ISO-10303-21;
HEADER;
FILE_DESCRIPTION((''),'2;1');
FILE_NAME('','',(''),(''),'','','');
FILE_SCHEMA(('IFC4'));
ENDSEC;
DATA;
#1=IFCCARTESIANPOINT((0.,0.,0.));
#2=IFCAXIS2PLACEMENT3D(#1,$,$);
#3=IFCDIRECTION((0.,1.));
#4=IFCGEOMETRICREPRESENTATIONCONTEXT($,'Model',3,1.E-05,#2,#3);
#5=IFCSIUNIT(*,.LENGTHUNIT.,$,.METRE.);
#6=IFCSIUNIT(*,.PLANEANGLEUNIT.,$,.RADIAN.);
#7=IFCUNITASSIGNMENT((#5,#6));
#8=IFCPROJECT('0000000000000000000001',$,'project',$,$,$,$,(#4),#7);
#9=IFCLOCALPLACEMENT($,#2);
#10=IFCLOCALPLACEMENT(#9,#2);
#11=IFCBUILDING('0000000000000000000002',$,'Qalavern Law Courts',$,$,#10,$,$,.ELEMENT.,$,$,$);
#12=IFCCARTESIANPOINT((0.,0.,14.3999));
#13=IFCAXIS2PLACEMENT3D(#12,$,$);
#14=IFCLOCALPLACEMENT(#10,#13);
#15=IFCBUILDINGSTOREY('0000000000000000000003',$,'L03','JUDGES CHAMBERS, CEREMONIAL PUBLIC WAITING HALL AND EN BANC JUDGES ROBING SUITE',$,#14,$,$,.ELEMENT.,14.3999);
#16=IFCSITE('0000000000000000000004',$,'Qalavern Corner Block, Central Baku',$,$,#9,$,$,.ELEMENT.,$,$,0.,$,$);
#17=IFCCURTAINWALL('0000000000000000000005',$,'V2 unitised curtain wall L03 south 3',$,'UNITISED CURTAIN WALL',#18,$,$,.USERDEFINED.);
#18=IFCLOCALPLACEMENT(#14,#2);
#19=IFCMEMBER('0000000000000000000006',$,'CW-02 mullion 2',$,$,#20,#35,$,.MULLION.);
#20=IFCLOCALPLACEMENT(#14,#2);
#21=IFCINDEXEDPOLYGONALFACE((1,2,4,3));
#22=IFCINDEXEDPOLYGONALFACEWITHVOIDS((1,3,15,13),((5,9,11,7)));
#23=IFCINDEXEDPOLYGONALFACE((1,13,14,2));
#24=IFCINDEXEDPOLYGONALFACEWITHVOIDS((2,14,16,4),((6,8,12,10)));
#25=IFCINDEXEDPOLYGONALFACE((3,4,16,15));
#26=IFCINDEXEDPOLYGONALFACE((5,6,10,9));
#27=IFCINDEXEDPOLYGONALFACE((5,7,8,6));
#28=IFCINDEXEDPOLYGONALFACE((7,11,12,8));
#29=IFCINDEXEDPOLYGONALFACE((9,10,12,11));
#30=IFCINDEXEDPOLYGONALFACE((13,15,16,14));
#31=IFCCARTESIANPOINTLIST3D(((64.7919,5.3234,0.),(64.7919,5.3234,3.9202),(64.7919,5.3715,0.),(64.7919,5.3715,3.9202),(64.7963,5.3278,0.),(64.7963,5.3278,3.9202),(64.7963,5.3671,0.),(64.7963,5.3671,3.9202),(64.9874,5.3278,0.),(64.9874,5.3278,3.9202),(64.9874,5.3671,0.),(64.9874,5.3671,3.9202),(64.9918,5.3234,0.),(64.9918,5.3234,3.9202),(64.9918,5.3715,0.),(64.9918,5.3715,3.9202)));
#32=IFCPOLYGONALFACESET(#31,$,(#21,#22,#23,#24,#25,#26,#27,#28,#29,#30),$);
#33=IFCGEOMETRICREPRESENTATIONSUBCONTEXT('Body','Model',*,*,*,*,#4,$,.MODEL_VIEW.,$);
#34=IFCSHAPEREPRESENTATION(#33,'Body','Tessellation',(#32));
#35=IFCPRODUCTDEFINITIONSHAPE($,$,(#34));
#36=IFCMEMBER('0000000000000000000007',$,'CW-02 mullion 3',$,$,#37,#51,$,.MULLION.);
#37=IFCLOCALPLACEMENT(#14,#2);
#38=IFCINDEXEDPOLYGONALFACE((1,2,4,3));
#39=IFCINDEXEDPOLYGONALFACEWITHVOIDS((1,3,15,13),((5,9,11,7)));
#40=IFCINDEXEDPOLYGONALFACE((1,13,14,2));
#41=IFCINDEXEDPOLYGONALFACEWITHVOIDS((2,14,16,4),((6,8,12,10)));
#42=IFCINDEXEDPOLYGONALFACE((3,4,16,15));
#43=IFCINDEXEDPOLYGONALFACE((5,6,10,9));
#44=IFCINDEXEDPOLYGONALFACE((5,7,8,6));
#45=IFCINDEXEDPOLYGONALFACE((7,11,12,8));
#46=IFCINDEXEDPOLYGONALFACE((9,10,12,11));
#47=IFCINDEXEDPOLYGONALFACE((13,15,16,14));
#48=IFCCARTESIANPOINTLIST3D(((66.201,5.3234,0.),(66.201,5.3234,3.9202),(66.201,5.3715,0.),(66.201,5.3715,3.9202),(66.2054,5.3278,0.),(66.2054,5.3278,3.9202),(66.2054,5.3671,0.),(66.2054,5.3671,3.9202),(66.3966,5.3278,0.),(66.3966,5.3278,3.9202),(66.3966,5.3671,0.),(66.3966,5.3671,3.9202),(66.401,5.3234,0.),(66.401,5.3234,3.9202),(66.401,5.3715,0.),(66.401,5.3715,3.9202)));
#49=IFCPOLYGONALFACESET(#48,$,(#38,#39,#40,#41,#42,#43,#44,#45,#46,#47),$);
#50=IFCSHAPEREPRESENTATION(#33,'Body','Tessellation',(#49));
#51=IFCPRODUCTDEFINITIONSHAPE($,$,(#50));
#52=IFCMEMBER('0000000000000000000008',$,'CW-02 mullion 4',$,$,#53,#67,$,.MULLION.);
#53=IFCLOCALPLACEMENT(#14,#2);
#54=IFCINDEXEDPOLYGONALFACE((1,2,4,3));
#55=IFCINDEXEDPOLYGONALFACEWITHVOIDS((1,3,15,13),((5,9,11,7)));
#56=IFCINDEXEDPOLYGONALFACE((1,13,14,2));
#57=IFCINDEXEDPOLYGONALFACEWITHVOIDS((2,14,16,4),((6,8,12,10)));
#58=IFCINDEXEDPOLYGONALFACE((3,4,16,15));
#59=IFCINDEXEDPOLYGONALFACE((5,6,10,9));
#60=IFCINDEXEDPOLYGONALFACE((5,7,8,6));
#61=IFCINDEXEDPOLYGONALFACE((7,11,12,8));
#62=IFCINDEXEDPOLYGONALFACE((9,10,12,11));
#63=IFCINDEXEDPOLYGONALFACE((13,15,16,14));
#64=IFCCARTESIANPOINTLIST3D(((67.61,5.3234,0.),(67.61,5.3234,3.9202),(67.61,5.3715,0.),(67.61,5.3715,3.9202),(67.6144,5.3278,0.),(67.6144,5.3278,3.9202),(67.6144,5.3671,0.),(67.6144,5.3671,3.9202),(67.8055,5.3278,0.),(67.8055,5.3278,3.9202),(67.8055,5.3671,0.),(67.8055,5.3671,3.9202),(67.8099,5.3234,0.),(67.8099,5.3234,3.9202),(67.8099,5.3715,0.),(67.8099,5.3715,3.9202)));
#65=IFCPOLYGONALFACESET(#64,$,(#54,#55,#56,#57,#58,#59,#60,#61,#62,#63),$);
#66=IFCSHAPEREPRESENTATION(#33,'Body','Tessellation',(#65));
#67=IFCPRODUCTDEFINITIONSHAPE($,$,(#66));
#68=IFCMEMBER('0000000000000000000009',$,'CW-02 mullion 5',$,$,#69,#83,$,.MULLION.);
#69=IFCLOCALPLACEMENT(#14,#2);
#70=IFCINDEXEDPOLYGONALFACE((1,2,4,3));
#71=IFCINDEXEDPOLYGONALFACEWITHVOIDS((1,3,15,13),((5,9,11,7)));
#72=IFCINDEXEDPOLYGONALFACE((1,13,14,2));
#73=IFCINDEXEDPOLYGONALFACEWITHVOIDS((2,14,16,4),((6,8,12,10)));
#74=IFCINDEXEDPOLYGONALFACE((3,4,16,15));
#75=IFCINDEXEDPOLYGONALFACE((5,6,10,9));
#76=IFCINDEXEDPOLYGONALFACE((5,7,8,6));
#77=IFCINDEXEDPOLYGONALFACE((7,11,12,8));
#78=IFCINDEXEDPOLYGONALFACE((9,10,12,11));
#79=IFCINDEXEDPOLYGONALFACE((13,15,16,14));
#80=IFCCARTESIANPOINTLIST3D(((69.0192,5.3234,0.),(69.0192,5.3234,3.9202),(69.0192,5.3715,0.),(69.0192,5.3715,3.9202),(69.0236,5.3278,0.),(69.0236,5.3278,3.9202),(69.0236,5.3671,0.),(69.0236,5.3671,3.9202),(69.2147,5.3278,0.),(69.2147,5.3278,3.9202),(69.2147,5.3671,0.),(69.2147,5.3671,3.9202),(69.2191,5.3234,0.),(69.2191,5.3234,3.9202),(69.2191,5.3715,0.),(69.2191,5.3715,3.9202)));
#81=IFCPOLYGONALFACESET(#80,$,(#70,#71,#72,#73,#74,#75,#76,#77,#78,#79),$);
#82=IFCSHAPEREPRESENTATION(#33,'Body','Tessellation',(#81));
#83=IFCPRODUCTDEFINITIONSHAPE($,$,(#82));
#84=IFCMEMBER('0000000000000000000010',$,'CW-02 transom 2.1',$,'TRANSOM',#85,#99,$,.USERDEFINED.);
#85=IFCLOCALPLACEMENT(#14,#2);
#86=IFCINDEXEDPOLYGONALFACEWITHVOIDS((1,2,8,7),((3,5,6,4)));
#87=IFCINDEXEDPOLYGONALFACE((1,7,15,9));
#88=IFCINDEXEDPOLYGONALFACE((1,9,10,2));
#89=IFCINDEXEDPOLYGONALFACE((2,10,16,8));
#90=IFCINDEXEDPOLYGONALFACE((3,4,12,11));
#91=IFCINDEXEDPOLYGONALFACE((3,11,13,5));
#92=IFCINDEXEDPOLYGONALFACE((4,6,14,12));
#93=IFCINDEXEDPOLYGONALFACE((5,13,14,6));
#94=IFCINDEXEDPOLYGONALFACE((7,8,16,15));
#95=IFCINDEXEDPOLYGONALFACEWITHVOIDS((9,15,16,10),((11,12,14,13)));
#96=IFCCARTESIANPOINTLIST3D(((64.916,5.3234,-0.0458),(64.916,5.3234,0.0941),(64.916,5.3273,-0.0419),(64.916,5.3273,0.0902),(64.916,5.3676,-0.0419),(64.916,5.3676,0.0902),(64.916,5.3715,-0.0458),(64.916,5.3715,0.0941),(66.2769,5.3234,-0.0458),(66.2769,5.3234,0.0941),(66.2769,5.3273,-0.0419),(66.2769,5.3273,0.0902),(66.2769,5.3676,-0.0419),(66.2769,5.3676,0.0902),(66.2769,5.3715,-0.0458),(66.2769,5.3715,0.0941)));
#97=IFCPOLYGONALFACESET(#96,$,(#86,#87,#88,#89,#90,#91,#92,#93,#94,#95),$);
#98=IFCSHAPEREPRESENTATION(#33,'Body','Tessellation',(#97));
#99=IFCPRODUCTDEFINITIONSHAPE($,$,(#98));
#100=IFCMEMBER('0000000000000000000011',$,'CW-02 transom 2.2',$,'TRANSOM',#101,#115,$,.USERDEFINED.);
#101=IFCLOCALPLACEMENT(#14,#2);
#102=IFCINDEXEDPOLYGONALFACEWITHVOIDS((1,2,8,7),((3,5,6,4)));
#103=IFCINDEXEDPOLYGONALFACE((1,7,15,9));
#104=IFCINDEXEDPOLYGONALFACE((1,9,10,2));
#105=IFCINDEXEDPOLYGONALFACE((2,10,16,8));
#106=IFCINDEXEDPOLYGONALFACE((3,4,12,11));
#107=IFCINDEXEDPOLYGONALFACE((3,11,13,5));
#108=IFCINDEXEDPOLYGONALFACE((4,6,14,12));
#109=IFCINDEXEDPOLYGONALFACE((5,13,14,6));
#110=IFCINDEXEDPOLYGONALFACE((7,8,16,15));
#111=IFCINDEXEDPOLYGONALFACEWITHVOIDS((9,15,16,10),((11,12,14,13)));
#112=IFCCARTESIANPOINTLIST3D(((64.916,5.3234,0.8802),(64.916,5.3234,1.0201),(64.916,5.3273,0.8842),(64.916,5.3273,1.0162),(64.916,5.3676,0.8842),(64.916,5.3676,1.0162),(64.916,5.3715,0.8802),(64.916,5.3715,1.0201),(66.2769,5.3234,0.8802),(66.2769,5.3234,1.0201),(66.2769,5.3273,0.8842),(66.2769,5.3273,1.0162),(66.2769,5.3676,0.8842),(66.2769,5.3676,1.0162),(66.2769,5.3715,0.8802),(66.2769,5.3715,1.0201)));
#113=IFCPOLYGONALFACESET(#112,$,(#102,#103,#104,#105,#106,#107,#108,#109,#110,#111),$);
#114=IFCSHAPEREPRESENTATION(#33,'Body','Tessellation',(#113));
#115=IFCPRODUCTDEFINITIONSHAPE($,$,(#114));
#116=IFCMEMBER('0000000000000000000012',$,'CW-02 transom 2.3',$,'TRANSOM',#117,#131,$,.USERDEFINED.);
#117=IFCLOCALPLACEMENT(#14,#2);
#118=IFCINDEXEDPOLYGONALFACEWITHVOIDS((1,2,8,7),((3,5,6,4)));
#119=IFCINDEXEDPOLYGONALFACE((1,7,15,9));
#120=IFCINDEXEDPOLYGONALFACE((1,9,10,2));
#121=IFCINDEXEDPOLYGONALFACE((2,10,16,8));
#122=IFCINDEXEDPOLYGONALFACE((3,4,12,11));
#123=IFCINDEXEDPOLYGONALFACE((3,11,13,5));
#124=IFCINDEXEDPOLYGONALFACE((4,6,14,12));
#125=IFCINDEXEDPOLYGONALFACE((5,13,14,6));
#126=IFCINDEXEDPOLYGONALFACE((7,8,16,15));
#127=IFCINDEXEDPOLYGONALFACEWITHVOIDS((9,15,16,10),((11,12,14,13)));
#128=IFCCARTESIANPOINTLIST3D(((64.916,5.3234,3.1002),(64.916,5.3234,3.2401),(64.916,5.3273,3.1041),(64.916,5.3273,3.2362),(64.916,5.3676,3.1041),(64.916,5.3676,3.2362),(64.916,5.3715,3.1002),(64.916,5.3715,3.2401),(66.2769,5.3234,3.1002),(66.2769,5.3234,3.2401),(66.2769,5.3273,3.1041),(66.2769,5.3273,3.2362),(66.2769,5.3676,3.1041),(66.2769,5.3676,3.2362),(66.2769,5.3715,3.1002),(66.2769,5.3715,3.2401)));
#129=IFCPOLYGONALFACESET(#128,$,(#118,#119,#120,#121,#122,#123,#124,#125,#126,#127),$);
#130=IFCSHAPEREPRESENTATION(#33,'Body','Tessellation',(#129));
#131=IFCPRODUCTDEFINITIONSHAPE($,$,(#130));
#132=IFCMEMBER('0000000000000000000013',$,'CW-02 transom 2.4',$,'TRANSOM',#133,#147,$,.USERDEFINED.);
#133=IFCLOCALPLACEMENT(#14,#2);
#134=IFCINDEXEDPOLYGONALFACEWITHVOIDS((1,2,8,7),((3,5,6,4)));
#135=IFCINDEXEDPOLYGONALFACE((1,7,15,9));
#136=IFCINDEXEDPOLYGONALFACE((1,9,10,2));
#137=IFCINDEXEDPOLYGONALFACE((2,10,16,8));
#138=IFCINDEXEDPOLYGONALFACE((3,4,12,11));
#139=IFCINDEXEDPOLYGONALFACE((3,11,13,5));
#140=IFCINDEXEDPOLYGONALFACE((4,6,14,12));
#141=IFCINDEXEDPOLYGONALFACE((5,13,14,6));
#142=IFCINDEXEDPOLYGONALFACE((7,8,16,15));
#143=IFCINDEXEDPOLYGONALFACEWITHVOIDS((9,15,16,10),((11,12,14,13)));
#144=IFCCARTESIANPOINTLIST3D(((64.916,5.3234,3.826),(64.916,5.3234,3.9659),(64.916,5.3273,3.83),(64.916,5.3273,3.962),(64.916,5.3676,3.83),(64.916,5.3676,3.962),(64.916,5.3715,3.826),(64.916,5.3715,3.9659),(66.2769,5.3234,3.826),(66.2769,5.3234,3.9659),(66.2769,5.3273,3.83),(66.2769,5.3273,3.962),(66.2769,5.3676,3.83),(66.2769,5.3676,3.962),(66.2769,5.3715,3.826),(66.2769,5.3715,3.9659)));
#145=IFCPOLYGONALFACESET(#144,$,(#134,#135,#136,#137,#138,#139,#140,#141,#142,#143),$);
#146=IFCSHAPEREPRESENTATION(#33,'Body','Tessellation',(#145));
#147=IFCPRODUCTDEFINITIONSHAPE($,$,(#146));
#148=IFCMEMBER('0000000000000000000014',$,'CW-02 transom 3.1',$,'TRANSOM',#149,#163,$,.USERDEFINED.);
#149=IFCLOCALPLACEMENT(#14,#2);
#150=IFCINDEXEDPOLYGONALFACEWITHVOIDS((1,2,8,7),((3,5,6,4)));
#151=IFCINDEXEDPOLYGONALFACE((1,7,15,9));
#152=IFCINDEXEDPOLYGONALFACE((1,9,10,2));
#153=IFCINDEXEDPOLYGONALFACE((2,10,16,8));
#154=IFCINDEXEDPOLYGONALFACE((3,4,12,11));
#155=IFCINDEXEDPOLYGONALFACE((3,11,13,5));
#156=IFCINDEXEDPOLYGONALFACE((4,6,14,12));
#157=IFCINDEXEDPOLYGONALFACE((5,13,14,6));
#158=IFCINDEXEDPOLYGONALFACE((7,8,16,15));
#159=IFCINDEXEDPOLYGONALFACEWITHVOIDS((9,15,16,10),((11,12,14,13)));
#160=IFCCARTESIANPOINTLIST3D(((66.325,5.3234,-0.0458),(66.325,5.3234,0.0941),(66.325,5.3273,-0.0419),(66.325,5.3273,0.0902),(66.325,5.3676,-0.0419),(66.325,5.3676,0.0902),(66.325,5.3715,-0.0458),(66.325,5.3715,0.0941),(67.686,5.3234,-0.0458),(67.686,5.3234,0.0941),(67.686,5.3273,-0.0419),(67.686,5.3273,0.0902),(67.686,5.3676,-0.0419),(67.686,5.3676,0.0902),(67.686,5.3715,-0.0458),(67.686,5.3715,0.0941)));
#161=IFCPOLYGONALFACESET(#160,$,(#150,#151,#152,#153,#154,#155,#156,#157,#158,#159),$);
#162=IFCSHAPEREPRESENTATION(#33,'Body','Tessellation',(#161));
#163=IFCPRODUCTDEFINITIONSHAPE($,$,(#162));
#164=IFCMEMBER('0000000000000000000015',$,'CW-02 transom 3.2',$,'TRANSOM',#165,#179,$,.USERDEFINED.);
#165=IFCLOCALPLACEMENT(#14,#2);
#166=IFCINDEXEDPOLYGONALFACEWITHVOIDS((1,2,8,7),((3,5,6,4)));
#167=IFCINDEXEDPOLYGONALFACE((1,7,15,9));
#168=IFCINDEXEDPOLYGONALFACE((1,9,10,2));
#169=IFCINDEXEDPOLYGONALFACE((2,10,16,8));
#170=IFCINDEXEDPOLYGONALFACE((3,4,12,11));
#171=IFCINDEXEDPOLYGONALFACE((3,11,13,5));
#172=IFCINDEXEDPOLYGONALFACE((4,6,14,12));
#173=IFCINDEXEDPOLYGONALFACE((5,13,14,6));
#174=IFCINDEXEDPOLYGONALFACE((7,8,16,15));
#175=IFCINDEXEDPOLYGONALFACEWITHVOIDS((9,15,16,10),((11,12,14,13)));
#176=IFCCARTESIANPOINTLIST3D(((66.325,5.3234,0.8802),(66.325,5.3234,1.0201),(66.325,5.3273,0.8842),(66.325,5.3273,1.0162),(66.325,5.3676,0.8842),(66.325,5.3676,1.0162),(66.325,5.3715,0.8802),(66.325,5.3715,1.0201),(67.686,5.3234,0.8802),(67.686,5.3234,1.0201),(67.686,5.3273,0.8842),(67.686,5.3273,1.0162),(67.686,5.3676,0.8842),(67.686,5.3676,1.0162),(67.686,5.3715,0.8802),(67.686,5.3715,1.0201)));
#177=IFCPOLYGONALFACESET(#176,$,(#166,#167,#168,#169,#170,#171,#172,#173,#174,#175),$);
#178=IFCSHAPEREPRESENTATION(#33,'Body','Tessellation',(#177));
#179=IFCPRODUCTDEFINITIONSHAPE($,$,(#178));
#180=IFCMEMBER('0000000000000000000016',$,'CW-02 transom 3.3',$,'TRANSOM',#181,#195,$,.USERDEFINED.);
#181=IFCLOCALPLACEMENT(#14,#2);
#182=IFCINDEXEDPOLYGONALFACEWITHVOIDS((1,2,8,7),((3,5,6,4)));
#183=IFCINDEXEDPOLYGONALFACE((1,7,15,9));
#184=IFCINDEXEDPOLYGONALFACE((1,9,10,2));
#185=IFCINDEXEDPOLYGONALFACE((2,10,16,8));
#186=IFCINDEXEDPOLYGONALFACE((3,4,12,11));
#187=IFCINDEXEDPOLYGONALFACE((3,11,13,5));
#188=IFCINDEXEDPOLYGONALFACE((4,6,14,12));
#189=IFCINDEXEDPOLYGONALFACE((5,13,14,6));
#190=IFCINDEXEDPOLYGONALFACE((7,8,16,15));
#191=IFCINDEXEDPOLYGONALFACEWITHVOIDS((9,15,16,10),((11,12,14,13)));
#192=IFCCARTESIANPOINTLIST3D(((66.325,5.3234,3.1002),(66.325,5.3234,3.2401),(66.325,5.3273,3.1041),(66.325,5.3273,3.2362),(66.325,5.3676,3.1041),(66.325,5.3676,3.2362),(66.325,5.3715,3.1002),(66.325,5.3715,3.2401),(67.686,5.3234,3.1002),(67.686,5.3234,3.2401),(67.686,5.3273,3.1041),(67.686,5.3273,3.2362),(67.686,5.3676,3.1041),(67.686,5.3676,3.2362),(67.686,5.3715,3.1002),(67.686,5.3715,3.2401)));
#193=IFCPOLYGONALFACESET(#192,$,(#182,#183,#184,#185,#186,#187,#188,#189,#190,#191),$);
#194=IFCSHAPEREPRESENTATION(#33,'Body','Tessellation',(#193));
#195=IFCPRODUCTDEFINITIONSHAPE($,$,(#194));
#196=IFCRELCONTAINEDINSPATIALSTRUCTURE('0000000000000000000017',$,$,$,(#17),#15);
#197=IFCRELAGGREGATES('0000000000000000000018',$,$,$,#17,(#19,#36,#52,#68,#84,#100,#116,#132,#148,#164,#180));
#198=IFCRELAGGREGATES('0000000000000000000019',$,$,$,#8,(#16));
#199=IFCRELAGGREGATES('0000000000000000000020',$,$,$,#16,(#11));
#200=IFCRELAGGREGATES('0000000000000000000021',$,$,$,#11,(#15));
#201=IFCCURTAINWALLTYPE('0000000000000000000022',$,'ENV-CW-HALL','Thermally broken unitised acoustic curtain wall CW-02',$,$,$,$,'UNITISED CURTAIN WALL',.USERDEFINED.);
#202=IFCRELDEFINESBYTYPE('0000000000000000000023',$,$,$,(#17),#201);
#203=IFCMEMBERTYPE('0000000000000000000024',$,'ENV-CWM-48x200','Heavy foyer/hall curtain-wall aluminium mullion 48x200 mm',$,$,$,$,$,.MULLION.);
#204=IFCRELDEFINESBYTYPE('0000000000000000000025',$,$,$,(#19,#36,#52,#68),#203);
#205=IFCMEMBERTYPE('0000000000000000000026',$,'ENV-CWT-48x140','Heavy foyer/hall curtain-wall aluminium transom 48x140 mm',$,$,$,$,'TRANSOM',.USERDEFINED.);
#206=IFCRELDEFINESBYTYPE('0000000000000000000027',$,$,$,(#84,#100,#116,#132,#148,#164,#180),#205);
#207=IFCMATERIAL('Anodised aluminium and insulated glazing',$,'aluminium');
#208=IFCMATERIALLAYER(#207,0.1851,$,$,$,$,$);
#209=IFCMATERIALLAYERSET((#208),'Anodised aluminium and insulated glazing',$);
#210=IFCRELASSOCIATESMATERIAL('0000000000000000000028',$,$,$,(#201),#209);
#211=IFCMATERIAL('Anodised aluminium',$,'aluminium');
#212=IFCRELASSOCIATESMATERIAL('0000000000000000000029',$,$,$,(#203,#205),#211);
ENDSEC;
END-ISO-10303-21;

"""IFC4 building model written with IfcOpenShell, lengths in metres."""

from ifc_helpers import new_model, si_unit, direction, frame, origin, origin_2d, place, context, subcontext, project, spatial, hollow_rectangle, extrude, material, layer, layer_set, material_profile, profile_set, type_object, element, aggregate, save


model = new_model("IFC4")

# Units and contexts
model_context = context("Model", 3, precision=1e-05, world=origin(), true_north=direction((0.0, 1.0)))
body_context = subcontext(model_context, "Body", "Model", "MODEL_VIEW")
ifc_project = project(units=[si_unit("LENGTHUNIT", "METRE"), si_unit("PLANEANGLEUNIT", "RADIAN")], contexts=[model_context])

# Site, building, storey
site_placement = place(None, origin())
site = spatial("IfcSite", under=ifc_project, at=site_placement, Name="Qalavern Corner Block, Central Baku", CompositionType="ELEMENT", RefElevation=0.0)
building_placement = place(site_placement, origin())
building = spatial("IfcBuilding", under=site, at=building_placement, Name="Qalavern Law Courts", CompositionType="ELEMENT")
storey_placement = place(building_placement, frame((0.0, 0.0, 14.3999)))
storey = spatial("IfcBuildingStorey", under=building, at=storey_placement, Name="L03", Description="JUDGES CHAMBERS, CEREMONIAL PUBLIC WAITING HALL AND EN BANC JUDGES ROBING SUITE", CompositionType="ELEMENT", Elevation=14.3999)

# Curtain wall, members
ifc_material_1 = material(Name="Anodised aluminium and insulated glazing", Category="aluminium")
ifc_layer_1 = layer(ifc_material_1, 0.1851)
ifc_layer_set_1 = layer_set([ifc_layer_1], Name="Anodised aluminium and insulated glazing")
curtain_wall_type = type_object("IfcCurtainWallType", Name="ENV-CW-HALL", Description="Thermally broken unitised acoustic curtain wall CW-02", ElementType="UNITISED CURTAIN WALL", PredefinedType="USERDEFINED", material=ifc_layer_set_1)
curtain_wall_placement = place(storey_placement, origin())
curtain_wall = element("IfcCurtainWall", 1, at=curtain_wall_placement, inside=storey, type_object=curtain_wall_type, Name="V2 unitised curtain wall L03 south 3", ObjectType="UNITISED CURTAIN WALL", PredefinedType="USERDEFINED")
ifc_material_2 = material(Name="Anodised aluminium", Category="aluminium")
ifc_material_profile_1 = material_profile(ifc_material_2, hollow_rectangle(XDim=0.0481, YDim=0.2, WallThickness=0.0044, at=origin_2d()), Name="ALU MULLION 48x200")
ifc_profile_set_1 = profile_set([ifc_material_profile_1], Name="Anodised aluminium")
member_type_1 = type_object("IfcMemberType", Name="ENV-CWM-48x200", Description="Heavy foyer/hall curtain-wall aluminium mullion 48x200 mm", PredefinedType="MULLION", material=ifc_profile_set_1)
member_1_placement = place(storey_placement, frame((64.8918, 5.3474, 0.0), z_axis=(0.0, 0.0, 1.0), x_axis=(0.0, 1.0, 0.0)))
member_1 = element("IfcMember", 2, at=member_1_placement, type_object=member_type_1, Name="CW-02 mullion 2", PredefinedType="MULLION", context=body_context, shape_type="SweptSolid", body=[
    extrude(hollow_rectangle(XDim=0.0481, YDim=0.2, WallThickness=0.0044, at=origin_2d()), origin(), (0.0, 0.0, 1.0), 3.9202),
])
member_2_placement = place(storey_placement, frame((66.301, 5.3474, 0.0), z_axis=(0.0, 0.0, 1.0), x_axis=(0.0, 1.0, 0.0)))
member_2 = element("IfcMember", 3, at=member_2_placement, type_object=member_type_1, Name="CW-02 mullion 3", PredefinedType="MULLION", context=body_context, shape_type="SweptSolid", body=[
    extrude(hollow_rectangle(XDim=0.0481, YDim=0.2, WallThickness=0.0044, at=origin_2d()), origin(), (0.0, 0.0, 1.0), 3.9202),
])
member_3_placement = place(storey_placement, frame((67.71, 5.3474, 0.0), z_axis=(0.0, 0.0, 1.0), x_axis=(0.0, 1.0, 0.0)))
member_3 = element("IfcMember", 4, at=member_3_placement, type_object=member_type_1, Name="CW-02 mullion 4", PredefinedType="MULLION", context=body_context, shape_type="SweptSolid", body=[
    extrude(hollow_rectangle(XDim=0.0481, YDim=0.2, WallThickness=0.0044, at=origin_2d()), origin(), (0.0, 0.0, 1.0), 3.9202),
])
member_4_placement = place(storey_placement, frame((69.1191, 5.3474, 0.0), z_axis=(0.0, 0.0, 1.0), x_axis=(0.0, 1.0, 0.0)))
member_4 = element("IfcMember", 5, at=member_4_placement, type_object=member_type_1, Name="CW-02 mullion 5", PredefinedType="MULLION", context=body_context, shape_type="SweptSolid", body=[
    extrude(hollow_rectangle(XDim=0.0481, YDim=0.2, WallThickness=0.0044, at=origin_2d()), origin(), (0.0, 0.0, 1.0), 3.9202),
])
ifc_material_profile_2 = material_profile(ifc_material_2, hollow_rectangle(XDim=0.0481, YDim=0.1399, WallThickness=0.0039, at=origin_2d()), Name="ALU TRANSOM 48x140")
ifc_profile_set_2 = profile_set([ifc_material_profile_2], Name="Anodised aluminium")
member_type_2 = type_object("IfcMemberType", Name="ENV-CWT-48x140", Description="Heavy foyer/hall curtain-wall aluminium transom 48x140 mm", ElementType="TRANSOM", PredefinedType="USERDEFINED", material=ifc_profile_set_2)
member_5_placement = place(storey_placement, frame((64.916, 5.3474, 0.0242), z_axis=(1.0, 0.0, 0.0), x_axis=(0.0, 1.0, 0.0)))
member_5 = element("IfcMember", 6, at=member_5_placement, type_object=member_type_2, Name="CW-02 transom 2.1", ObjectType="TRANSOM", PredefinedType="USERDEFINED", context=body_context, shape_type="SweptSolid", body=[
    extrude(hollow_rectangle(XDim=0.0481, YDim=0.1399, WallThickness=0.0039, at=origin_2d()), origin(), (0.0, 0.0, 1.0), 1.3608),
])
member_6_placement = place(storey_placement, frame((64.916, 5.3474, 0.9502), z_axis=(1.0, 0.0, 0.0), x_axis=(0.0, 1.0, 0.0)))
member_6 = element("IfcMember", 7, at=member_6_placement, type_object=member_type_2, Name="CW-02 transom 2.2", ObjectType="TRANSOM", PredefinedType="USERDEFINED", context=body_context, shape_type="SweptSolid", body=[
    extrude(hollow_rectangle(XDim=0.0481, YDim=0.1399, WallThickness=0.0039, at=origin_2d()), origin(), (0.0, 0.0, 1.0), 1.3608),
])
member_7_placement = place(storey_placement, frame((64.916, 5.3474, 3.1702), z_axis=(1.0, 0.0, 0.0), x_axis=(0.0, 1.0, 0.0)))
member_7 = element("IfcMember", 8, at=member_7_placement, type_object=member_type_2, Name="CW-02 transom 2.3", ObjectType="TRANSOM", PredefinedType="USERDEFINED", context=body_context, shape_type="SweptSolid", body=[
    extrude(hollow_rectangle(XDim=0.0481, YDim=0.1399, WallThickness=0.0039, at=origin_2d()), origin(), (0.0, 0.0, 1.0), 1.3608),
])
member_8_placement = place(storey_placement, frame((64.916, 5.3474, 3.896), z_axis=(1.0, 0.0, 0.0), x_axis=(0.0, 1.0, 0.0)))
member_8 = element("IfcMember", 9, at=member_8_placement, type_object=member_type_2, Name="CW-02 transom 2.4", ObjectType="TRANSOM", PredefinedType="USERDEFINED", context=body_context, shape_type="SweptSolid", body=[
    extrude(hollow_rectangle(XDim=0.0481, YDim=0.1399, WallThickness=0.0039, at=origin_2d()), origin(), (0.0, 0.0, 1.0), 1.3608),
])
member_9_placement = place(storey_placement, frame((66.325, 5.3474, 0.0242), z_axis=(1.0, 0.0, 0.0), x_axis=(0.0, 1.0, 0.0)))
member_9 = element("IfcMember", 10, at=member_9_placement, type_object=member_type_2, Name="CW-02 transom 3.1", ObjectType="TRANSOM", PredefinedType="USERDEFINED", context=body_context, shape_type="SweptSolid", body=[
    extrude(hollow_rectangle(XDim=0.0481, YDim=0.1399, WallThickness=0.0039, at=origin_2d()), origin(), (0.0, 0.0, 1.0), 1.3611),
])
member_10_placement = place(storey_placement, frame((66.325, 5.3474, 0.9502), z_axis=(1.0, 0.0, 0.0), x_axis=(0.0, 1.0, 0.0)))
member_10 = element("IfcMember", 11, at=member_10_placement, type_object=member_type_2, Name="CW-02 transom 3.2", ObjectType="TRANSOM", PredefinedType="USERDEFINED", context=body_context, shape_type="SweptSolid", body=[
    extrude(hollow_rectangle(XDim=0.0481, YDim=0.1399, WallThickness=0.0039, at=origin_2d()), origin(), (0.0, 0.0, 1.0), 1.3611),
])
member_11_placement = place(storey_placement, frame((66.325, 5.3474, 3.1702), z_axis=(1.0, 0.0, 0.0), x_axis=(0.0, 1.0, 0.0)))
member_11 = element("IfcMember", 12, at=member_11_placement, type_object=member_type_2, Name="CW-02 transom 3.3", ObjectType="TRANSOM", PredefinedType="USERDEFINED", context=body_context, shape_type="SweptSolid", body=[
    extrude(hollow_rectangle(XDim=0.0481, YDim=0.1399, WallThickness=0.0039, at=origin_2d()), origin(), (0.0, 0.0, 1.0), 1.3611),
])
aggregate(curtain_wall, [member_1, member_2, member_3, member_4, member_5, member_6, member_7, member_8, member_9, member_10, member_11])

save(model, "model.ifc")
